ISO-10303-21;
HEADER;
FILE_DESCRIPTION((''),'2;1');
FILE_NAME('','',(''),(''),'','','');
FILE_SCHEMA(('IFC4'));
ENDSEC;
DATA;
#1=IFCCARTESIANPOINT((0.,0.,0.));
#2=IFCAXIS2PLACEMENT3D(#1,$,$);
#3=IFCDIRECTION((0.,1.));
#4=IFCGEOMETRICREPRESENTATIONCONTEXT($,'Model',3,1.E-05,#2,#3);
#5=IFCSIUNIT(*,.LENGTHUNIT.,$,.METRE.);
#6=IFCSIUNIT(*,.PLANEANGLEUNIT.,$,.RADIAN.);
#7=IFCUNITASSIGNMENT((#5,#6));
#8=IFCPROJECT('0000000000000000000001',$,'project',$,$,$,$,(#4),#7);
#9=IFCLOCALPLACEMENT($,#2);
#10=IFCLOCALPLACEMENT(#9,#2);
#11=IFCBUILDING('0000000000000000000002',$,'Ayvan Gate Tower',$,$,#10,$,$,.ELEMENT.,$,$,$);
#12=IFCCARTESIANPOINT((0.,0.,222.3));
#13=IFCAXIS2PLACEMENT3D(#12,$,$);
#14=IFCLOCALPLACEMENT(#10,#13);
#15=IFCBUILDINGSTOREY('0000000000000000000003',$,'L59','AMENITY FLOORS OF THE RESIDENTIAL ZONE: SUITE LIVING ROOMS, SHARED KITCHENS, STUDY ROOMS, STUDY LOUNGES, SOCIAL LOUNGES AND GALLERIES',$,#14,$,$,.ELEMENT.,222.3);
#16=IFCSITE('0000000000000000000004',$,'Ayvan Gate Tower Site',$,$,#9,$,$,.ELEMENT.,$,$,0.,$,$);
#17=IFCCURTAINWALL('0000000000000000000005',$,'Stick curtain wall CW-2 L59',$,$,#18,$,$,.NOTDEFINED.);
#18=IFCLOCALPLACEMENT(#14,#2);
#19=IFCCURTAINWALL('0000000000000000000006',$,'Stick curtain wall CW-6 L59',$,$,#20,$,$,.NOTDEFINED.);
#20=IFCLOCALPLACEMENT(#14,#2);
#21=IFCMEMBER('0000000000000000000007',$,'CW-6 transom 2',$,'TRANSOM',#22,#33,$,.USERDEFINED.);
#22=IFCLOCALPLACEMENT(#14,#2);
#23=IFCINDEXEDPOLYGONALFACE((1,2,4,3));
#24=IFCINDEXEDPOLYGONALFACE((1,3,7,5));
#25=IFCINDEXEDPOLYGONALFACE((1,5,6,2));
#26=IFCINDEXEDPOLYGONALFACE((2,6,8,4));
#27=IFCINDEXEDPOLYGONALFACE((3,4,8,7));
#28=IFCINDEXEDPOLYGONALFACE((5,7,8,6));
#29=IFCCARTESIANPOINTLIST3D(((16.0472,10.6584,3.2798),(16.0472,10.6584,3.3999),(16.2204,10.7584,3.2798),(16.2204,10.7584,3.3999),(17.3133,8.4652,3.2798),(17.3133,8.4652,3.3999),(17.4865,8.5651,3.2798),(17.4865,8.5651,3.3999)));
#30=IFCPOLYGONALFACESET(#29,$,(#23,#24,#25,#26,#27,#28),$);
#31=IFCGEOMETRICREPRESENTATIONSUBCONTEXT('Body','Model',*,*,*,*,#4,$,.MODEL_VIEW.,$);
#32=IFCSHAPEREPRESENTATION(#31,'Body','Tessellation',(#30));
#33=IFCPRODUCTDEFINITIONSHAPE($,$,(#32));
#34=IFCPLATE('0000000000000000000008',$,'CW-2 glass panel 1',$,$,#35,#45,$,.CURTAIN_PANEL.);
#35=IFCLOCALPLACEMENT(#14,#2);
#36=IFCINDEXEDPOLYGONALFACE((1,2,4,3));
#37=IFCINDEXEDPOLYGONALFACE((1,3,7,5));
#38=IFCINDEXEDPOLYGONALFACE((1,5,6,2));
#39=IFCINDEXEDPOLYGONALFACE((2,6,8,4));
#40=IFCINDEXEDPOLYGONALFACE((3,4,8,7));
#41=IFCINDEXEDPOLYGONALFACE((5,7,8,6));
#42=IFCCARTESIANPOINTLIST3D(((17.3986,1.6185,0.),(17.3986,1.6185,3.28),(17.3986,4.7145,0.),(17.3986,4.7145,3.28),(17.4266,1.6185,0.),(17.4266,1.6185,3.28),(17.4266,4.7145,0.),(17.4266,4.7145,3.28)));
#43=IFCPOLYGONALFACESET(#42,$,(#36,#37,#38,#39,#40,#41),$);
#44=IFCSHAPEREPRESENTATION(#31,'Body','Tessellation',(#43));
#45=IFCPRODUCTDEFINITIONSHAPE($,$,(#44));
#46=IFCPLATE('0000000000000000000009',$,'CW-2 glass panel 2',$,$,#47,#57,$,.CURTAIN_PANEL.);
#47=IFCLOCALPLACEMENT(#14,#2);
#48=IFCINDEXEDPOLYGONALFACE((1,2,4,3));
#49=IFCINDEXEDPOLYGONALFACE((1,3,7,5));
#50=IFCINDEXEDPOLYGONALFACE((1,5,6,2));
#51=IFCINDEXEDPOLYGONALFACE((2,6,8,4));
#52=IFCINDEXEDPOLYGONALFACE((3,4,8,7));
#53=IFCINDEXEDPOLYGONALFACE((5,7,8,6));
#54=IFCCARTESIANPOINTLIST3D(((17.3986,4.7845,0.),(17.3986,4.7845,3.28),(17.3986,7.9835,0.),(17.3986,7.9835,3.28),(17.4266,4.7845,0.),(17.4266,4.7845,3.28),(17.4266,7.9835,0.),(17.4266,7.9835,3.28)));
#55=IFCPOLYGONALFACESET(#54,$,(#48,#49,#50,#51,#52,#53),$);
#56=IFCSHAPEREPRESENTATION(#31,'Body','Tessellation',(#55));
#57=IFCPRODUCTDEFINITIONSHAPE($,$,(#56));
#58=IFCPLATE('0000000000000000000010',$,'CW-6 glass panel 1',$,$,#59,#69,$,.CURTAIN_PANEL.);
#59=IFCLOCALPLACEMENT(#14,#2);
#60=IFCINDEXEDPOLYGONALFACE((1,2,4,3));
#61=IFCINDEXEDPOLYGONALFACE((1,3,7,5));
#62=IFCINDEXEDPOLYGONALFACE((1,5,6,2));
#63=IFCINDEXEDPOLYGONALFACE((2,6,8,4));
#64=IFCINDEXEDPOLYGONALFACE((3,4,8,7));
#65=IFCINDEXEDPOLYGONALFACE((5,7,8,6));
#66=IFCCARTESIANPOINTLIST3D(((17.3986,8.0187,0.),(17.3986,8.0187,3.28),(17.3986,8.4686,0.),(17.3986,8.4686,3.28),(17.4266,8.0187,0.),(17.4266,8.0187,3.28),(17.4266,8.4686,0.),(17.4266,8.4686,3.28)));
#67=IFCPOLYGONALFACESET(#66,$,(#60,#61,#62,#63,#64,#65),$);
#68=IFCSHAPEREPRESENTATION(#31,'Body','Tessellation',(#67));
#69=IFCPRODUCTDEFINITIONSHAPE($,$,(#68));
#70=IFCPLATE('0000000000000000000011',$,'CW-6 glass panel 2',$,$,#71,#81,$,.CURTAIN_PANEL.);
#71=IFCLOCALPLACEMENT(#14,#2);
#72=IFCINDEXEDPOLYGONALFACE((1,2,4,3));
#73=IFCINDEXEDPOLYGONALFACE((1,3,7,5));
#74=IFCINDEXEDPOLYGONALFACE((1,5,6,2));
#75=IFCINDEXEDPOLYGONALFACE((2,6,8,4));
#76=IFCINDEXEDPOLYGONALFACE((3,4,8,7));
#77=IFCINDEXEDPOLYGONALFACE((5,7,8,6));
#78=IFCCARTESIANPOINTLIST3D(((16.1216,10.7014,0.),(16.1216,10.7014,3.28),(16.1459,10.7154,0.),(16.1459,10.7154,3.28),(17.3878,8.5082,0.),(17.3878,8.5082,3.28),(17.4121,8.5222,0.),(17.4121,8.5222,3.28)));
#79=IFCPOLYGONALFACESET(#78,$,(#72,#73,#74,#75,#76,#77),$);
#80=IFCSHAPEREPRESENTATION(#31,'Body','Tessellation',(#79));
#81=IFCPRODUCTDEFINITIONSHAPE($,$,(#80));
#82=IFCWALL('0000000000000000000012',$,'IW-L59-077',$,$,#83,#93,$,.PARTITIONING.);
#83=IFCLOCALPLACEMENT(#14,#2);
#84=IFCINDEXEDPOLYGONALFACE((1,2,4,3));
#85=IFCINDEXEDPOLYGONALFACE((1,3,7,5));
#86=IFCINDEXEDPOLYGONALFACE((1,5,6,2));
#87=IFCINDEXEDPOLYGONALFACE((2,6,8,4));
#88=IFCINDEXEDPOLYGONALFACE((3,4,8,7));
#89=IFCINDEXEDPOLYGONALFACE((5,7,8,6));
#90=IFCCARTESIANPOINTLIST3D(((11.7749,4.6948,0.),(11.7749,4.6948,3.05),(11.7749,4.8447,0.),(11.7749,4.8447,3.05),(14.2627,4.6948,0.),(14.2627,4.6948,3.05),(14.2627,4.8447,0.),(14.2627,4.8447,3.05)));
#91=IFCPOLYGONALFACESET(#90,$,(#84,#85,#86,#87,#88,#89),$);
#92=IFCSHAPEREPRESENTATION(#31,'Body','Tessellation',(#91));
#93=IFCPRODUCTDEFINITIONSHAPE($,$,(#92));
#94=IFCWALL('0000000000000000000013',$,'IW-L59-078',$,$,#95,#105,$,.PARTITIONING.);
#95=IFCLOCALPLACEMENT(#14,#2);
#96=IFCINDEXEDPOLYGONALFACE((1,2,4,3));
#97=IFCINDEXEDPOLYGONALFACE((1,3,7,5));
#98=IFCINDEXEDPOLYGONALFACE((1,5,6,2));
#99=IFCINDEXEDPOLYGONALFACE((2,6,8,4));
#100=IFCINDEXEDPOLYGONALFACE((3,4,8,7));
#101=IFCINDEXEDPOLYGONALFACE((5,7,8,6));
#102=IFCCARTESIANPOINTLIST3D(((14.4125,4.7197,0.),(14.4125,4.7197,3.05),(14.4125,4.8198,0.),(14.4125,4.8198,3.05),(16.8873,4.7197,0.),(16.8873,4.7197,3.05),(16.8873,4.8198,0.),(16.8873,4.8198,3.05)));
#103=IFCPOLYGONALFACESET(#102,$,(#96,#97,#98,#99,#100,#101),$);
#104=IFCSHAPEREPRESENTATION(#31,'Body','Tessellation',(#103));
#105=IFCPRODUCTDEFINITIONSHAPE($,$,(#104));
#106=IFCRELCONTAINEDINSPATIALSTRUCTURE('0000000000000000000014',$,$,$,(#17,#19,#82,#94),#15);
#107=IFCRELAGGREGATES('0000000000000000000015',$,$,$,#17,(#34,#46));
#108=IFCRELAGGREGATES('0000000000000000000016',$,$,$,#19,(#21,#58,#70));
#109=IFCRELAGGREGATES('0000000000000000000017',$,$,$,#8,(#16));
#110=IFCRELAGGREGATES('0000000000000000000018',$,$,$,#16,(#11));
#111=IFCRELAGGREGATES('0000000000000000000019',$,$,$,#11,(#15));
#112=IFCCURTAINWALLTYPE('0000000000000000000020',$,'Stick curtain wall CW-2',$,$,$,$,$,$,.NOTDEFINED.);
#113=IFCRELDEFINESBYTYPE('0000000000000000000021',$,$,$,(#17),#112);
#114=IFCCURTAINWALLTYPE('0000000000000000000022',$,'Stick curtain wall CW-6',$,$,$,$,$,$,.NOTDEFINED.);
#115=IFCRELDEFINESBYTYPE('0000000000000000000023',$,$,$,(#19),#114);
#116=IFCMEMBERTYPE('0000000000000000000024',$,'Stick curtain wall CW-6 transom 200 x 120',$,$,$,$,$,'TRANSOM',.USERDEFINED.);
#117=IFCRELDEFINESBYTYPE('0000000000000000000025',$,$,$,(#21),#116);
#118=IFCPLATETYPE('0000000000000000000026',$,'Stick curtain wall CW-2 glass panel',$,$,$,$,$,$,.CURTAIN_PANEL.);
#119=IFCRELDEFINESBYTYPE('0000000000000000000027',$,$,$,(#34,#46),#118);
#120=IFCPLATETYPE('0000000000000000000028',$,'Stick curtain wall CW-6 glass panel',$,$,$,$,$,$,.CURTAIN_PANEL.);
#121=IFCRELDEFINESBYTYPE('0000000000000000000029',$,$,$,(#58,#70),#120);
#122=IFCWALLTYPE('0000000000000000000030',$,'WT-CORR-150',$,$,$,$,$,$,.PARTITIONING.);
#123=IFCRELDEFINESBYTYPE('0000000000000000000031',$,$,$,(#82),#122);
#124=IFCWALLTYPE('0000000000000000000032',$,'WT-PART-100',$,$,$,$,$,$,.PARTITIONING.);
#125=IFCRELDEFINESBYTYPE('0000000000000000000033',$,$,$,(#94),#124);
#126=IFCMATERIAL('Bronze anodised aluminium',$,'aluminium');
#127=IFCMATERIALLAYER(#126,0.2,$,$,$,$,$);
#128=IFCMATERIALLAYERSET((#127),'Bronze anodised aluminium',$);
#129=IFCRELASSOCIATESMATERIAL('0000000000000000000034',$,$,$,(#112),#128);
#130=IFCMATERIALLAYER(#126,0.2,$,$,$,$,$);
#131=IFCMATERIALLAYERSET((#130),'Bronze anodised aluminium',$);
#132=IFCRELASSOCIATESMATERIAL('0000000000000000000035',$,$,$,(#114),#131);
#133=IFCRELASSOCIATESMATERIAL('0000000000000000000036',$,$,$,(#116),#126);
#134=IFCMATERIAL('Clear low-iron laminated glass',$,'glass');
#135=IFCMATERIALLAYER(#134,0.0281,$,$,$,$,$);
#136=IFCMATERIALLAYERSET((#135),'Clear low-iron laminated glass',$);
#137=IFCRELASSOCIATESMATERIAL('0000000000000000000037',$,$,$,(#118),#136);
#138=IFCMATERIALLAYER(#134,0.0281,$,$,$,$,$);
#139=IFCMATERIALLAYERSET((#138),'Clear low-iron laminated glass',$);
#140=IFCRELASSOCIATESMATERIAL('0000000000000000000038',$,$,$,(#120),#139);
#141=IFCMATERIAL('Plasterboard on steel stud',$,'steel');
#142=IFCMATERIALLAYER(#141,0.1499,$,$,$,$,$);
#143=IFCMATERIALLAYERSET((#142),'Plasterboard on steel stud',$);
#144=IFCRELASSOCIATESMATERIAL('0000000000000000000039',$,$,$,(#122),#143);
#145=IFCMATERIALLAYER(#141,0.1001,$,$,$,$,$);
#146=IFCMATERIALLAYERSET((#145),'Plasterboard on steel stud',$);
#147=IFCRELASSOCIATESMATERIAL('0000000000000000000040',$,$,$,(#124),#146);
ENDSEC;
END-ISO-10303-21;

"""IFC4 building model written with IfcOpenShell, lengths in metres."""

from ifc_helpers import new_model, si_unit, direction, frame, frame_2d, origin, origin_2d, place, context, subcontext, project, spatial, rectangle, extrude, material, layer, layer_set, material_profile, profile_set, type_object, element, aggregate, save


model = new_model("IFC4")

# Units and contexts
model_context = context("Model", 3, precision=1e-05, world=origin(), true_north=direction((0.0, 1.0)))
body_context = subcontext(model_context, "Body", "Model", "MODEL_VIEW")
ifc_project = project(units=[si_unit("LENGTHUNIT", "METRE"), si_unit("PLANEANGLEUNIT", "RADIAN")], contexts=[model_context])

# Site, building, storey
site_placement = place(None, origin())
site = spatial("IfcSite", under=ifc_project, at=site_placement, Name="Ayvan Gate Tower Site", CompositionType="ELEMENT", RefElevation=0.0)
building_placement = place(site_placement, origin())
building = spatial("IfcBuilding", under=site, at=building_placement, Name="Ayvan Gate Tower", CompositionType="ELEMENT")
storey_placement = place(building_placement, frame((0.0, 0.0, 222.3)))
storey = spatial("IfcBuildingStorey", under=building, at=storey_placement, Name="L59", Description="AMENITY FLOORS OF THE RESIDENTIAL ZONE: SUITE LIVING ROOMS, SHARED KITCHENS, STUDY ROOMS, STUDY LOUNGES, SOCIAL LOUNGES AND GALLERIES", CompositionType="ELEMENT", Elevation=222.3)

# Curtain walls, member
ifc_material_1 = material(Name="Bronze anodised aluminium", Category="aluminium")
ifc_layer_1 = layer(ifc_material_1, 0.2)
ifc_layer_set_1 = layer_set([ifc_layer_1], Name="Bronze anodised aluminium")
curtain_wall_type_1 = type_object("IfcCurtainWallType", Name="Stick curtain wall CW-2", PredefinedType="NOTDEFINED", material=ifc_layer_set_1)
curtain_wall_1_placement = place(storey_placement, origin())
curtain_wall_1 = element("IfcCurtainWall", 1, at=curtain_wall_1_placement, inside=storey, type_object=curtain_wall_type_1, Name="Stick curtain wall CW-2 L59", PredefinedType="NOTDEFINED")
ifc_layer_2 = layer(ifc_material_1, 0.2)
ifc_layer_set_2 = layer_set([ifc_layer_2], Name="Bronze anodised aluminium")
curtain_wall_type_2 = type_object("IfcCurtainWallType", Name="Stick curtain wall CW-6", PredefinedType="NOTDEFINED", material=ifc_layer_set_2)
curtain_wall_2_placement = place(storey_placement, origin())
curtain_wall_2 = element("IfcCurtainWall", 2, at=curtain_wall_2_placement, inside=storey, type_object=curtain_wall_type_2, Name="Stick curtain wall CW-6 L59", PredefinedType="NOTDEFINED")
ifc_material_profile_1 = material_profile(ifc_material_1, rectangle(XDim=0.2, YDim=0.1201, at=origin_2d()), Name="Stick curtain wall CW-6 transom 200 x 120")
ifc_profile_set_1 = profile_set([ifc_material_profile_1], Name="Bronze anodised aluminium")
member_type_1 = type_object("IfcMemberType", Name="Stick curtain wall CW-6 transom 200 x 120", ElementType="TRANSOM", PredefinedType="USERDEFINED", material=ifc_profile_set_1)
member_1_placement = place(storey_placement, frame((17.3999, 8.5151, 3.3398), z_axis=(-0.499934, 0.866064, 0.0), x_axis=(-0.866064, -0.499934, 0.0)))
member_1 = element("IfcMember", 3, at=member_1_placement, type_object=member_type_1, Name="CW-6 transom 2", ObjectType="TRANSOM", PredefinedType="USERDEFINED", context=body_context, shape_type="SweptSolid", body=[
    extrude(rectangle(XDim=0.2, YDim=0.1201, at=origin_2d()), origin(), (0.0, 0.0, 1.0), 2.5325),
])

# Plates
ifc_material_2 = material(Name="Clear low-iron laminated glass", Category="glass")
ifc_layer_3 = layer(ifc_material_2, 0.0281)
ifc_layer_set_3 = layer_set([ifc_layer_3], Name="Clear low-iron laminated glass")
plate_type_1 = type_object("IfcPlateType", Name="Stick curtain wall CW-2 glass panel", PredefinedType="CURTAIN_PANEL", material=ifc_layer_set_3)
plate_1_placement = place(storey_placement, frame((17.4126, 3.1665, 0.0), z_axis=(0.0, 0.0, 1.0), x_axis=(0.0, 1.0, 0.0)))
plate_1 = element("IfcPlate", 4, at=plate_1_placement, type_object=plate_type_1, Name="CW-2 glass panel 1", PredefinedType="CURTAIN_PANEL", context=body_context, shape_type="SweptSolid", body=[
    extrude(rectangle(XDim=3.0959, YDim=0.0281, at=origin_2d()), origin(), (0.0, 0.0, 1.0), 3.28),
])
plate_2_placement = place(storey_placement, frame((17.4126, 6.384, 0.0), z_axis=(0.0, 0.0, 1.0), x_axis=(0.0, 1.0, 0.0)))
plate_2 = element("IfcPlate", 5, at=plate_2_placement, type_object=plate_type_1, Name="CW-2 glass panel 2", PredefinedType="CURTAIN_PANEL", context=body_context, shape_type="SweptSolid", body=[
    extrude(rectangle(XDim=3.199, YDim=0.0281, at=origin_2d()), origin(), (0.0, 0.0, 1.0), 3.28),
])
aggregate(curtain_wall_1, [plate_1, plate_2])
ifc_layer_4 = layer(ifc_material_2, 0.0281)
ifc_layer_set_4 = layer_set([ifc_layer_4], Name="Clear low-iron laminated glass")
plate_type_2 = type_object("IfcPlateType", Name="Stick curtain wall CW-6 glass panel", PredefinedType="CURTAIN_PANEL", material=ifc_layer_set_4)
plate_3_placement = place(storey_placement, frame((17.4126, 8.2437, 0.0), z_axis=(0.0, 0.0, 1.0), x_axis=(0.0, 1.0, 0.0)))
plate_3 = element("IfcPlate", 6, at=plate_3_placement, type_object=plate_type_2, Name="CW-6 glass panel 1", PredefinedType="CURTAIN_PANEL", context=body_context, shape_type="SweptSolid", body=[
    extrude(rectangle(XDim=0.45, YDim=0.0281, at=origin_2d()), origin(), (0.0, 0.0, 1.0), 3.28),
])
plate_4_placement = place(storey_placement, frame((16.7668, 9.6118, 0.0), z_axis=(0.0, 0.0, 1.0), x_axis=(-0.5, 0.866025, 0.0)))
plate_4 = element("IfcPlate", 7, at=plate_4_placement, type_object=plate_type_2, Name="CW-6 glass panel 2", PredefinedType="CURTAIN_PANEL", context=body_context, shape_type="SweptSolid", body=[
    extrude(rectangle(XDim=2.5325, YDim=0.0281, at=origin_2d()), origin(), (0.0, 0.0, 1.0), 3.28),
])
aggregate(curtain_wall_2, [member_1, plate_3, plate_4])

# Walls
ifc_material_3 = material(Name="Plasterboard on steel stud", Category="steel")
ifc_layer_5 = layer(ifc_material_3, 0.1499)
ifc_layer_set_5 = layer_set([ifc_layer_5], Name="Plasterboard on steel stud")
wall_type_1 = type_object("IfcWallType", Name="WT-CORR-150", PredefinedType="PARTITIONING", material=ifc_layer_set_5)
wall_1_placement = place(storey_placement, frame((14.2627, 4.7698, 0.0), z_axis=(0.0, 0.0, 1.0), x_axis=(-1.0, 0.0, 0.0)))
element("IfcWall", 8, at=wall_1_placement, inside=storey, type_object=wall_type_1, Name="IW-L59-077", PredefinedType="PARTITIONING", context=body_context, shape_type="SweptSolid", body=[
    extrude(rectangle(XDim=2.4878, YDim=0.1499, at=frame_2d((1.2439, 0.0))), origin(), (0.0, 0.0, 1.0), 3.05),
])
ifc_layer_6 = layer(ifc_material_3, 0.1001)
ifc_layer_set_6 = layer_set([ifc_layer_6], Name="Plasterboard on steel stud")
wall_type_2 = type_object("IfcWallType", Name="WT-PART-100", PredefinedType="PARTITIONING", material=ifc_layer_set_6)
wall_2_placement = place(storey_placement, frame((14.4126, 4.7698, 0.0), z_axis=(0.0, 0.0, 1.0), x_axis=(1.0, 0.0, 0.0)))
element("IfcWall", 9, at=wall_2_placement, inside=storey, type_object=wall_type_2, Name="IW-L59-078", PredefinedType="PARTITIONING", context=body_context, shape_type="SweptSolid", body=[
    extrude(rectangle(XDim=2.4749, YDim=0.1001, at=frame_2d((1.2373, 0.0))), origin(), (0.0, 0.0, 1.0), 3.05),
])

save(model, "model.ifc")
